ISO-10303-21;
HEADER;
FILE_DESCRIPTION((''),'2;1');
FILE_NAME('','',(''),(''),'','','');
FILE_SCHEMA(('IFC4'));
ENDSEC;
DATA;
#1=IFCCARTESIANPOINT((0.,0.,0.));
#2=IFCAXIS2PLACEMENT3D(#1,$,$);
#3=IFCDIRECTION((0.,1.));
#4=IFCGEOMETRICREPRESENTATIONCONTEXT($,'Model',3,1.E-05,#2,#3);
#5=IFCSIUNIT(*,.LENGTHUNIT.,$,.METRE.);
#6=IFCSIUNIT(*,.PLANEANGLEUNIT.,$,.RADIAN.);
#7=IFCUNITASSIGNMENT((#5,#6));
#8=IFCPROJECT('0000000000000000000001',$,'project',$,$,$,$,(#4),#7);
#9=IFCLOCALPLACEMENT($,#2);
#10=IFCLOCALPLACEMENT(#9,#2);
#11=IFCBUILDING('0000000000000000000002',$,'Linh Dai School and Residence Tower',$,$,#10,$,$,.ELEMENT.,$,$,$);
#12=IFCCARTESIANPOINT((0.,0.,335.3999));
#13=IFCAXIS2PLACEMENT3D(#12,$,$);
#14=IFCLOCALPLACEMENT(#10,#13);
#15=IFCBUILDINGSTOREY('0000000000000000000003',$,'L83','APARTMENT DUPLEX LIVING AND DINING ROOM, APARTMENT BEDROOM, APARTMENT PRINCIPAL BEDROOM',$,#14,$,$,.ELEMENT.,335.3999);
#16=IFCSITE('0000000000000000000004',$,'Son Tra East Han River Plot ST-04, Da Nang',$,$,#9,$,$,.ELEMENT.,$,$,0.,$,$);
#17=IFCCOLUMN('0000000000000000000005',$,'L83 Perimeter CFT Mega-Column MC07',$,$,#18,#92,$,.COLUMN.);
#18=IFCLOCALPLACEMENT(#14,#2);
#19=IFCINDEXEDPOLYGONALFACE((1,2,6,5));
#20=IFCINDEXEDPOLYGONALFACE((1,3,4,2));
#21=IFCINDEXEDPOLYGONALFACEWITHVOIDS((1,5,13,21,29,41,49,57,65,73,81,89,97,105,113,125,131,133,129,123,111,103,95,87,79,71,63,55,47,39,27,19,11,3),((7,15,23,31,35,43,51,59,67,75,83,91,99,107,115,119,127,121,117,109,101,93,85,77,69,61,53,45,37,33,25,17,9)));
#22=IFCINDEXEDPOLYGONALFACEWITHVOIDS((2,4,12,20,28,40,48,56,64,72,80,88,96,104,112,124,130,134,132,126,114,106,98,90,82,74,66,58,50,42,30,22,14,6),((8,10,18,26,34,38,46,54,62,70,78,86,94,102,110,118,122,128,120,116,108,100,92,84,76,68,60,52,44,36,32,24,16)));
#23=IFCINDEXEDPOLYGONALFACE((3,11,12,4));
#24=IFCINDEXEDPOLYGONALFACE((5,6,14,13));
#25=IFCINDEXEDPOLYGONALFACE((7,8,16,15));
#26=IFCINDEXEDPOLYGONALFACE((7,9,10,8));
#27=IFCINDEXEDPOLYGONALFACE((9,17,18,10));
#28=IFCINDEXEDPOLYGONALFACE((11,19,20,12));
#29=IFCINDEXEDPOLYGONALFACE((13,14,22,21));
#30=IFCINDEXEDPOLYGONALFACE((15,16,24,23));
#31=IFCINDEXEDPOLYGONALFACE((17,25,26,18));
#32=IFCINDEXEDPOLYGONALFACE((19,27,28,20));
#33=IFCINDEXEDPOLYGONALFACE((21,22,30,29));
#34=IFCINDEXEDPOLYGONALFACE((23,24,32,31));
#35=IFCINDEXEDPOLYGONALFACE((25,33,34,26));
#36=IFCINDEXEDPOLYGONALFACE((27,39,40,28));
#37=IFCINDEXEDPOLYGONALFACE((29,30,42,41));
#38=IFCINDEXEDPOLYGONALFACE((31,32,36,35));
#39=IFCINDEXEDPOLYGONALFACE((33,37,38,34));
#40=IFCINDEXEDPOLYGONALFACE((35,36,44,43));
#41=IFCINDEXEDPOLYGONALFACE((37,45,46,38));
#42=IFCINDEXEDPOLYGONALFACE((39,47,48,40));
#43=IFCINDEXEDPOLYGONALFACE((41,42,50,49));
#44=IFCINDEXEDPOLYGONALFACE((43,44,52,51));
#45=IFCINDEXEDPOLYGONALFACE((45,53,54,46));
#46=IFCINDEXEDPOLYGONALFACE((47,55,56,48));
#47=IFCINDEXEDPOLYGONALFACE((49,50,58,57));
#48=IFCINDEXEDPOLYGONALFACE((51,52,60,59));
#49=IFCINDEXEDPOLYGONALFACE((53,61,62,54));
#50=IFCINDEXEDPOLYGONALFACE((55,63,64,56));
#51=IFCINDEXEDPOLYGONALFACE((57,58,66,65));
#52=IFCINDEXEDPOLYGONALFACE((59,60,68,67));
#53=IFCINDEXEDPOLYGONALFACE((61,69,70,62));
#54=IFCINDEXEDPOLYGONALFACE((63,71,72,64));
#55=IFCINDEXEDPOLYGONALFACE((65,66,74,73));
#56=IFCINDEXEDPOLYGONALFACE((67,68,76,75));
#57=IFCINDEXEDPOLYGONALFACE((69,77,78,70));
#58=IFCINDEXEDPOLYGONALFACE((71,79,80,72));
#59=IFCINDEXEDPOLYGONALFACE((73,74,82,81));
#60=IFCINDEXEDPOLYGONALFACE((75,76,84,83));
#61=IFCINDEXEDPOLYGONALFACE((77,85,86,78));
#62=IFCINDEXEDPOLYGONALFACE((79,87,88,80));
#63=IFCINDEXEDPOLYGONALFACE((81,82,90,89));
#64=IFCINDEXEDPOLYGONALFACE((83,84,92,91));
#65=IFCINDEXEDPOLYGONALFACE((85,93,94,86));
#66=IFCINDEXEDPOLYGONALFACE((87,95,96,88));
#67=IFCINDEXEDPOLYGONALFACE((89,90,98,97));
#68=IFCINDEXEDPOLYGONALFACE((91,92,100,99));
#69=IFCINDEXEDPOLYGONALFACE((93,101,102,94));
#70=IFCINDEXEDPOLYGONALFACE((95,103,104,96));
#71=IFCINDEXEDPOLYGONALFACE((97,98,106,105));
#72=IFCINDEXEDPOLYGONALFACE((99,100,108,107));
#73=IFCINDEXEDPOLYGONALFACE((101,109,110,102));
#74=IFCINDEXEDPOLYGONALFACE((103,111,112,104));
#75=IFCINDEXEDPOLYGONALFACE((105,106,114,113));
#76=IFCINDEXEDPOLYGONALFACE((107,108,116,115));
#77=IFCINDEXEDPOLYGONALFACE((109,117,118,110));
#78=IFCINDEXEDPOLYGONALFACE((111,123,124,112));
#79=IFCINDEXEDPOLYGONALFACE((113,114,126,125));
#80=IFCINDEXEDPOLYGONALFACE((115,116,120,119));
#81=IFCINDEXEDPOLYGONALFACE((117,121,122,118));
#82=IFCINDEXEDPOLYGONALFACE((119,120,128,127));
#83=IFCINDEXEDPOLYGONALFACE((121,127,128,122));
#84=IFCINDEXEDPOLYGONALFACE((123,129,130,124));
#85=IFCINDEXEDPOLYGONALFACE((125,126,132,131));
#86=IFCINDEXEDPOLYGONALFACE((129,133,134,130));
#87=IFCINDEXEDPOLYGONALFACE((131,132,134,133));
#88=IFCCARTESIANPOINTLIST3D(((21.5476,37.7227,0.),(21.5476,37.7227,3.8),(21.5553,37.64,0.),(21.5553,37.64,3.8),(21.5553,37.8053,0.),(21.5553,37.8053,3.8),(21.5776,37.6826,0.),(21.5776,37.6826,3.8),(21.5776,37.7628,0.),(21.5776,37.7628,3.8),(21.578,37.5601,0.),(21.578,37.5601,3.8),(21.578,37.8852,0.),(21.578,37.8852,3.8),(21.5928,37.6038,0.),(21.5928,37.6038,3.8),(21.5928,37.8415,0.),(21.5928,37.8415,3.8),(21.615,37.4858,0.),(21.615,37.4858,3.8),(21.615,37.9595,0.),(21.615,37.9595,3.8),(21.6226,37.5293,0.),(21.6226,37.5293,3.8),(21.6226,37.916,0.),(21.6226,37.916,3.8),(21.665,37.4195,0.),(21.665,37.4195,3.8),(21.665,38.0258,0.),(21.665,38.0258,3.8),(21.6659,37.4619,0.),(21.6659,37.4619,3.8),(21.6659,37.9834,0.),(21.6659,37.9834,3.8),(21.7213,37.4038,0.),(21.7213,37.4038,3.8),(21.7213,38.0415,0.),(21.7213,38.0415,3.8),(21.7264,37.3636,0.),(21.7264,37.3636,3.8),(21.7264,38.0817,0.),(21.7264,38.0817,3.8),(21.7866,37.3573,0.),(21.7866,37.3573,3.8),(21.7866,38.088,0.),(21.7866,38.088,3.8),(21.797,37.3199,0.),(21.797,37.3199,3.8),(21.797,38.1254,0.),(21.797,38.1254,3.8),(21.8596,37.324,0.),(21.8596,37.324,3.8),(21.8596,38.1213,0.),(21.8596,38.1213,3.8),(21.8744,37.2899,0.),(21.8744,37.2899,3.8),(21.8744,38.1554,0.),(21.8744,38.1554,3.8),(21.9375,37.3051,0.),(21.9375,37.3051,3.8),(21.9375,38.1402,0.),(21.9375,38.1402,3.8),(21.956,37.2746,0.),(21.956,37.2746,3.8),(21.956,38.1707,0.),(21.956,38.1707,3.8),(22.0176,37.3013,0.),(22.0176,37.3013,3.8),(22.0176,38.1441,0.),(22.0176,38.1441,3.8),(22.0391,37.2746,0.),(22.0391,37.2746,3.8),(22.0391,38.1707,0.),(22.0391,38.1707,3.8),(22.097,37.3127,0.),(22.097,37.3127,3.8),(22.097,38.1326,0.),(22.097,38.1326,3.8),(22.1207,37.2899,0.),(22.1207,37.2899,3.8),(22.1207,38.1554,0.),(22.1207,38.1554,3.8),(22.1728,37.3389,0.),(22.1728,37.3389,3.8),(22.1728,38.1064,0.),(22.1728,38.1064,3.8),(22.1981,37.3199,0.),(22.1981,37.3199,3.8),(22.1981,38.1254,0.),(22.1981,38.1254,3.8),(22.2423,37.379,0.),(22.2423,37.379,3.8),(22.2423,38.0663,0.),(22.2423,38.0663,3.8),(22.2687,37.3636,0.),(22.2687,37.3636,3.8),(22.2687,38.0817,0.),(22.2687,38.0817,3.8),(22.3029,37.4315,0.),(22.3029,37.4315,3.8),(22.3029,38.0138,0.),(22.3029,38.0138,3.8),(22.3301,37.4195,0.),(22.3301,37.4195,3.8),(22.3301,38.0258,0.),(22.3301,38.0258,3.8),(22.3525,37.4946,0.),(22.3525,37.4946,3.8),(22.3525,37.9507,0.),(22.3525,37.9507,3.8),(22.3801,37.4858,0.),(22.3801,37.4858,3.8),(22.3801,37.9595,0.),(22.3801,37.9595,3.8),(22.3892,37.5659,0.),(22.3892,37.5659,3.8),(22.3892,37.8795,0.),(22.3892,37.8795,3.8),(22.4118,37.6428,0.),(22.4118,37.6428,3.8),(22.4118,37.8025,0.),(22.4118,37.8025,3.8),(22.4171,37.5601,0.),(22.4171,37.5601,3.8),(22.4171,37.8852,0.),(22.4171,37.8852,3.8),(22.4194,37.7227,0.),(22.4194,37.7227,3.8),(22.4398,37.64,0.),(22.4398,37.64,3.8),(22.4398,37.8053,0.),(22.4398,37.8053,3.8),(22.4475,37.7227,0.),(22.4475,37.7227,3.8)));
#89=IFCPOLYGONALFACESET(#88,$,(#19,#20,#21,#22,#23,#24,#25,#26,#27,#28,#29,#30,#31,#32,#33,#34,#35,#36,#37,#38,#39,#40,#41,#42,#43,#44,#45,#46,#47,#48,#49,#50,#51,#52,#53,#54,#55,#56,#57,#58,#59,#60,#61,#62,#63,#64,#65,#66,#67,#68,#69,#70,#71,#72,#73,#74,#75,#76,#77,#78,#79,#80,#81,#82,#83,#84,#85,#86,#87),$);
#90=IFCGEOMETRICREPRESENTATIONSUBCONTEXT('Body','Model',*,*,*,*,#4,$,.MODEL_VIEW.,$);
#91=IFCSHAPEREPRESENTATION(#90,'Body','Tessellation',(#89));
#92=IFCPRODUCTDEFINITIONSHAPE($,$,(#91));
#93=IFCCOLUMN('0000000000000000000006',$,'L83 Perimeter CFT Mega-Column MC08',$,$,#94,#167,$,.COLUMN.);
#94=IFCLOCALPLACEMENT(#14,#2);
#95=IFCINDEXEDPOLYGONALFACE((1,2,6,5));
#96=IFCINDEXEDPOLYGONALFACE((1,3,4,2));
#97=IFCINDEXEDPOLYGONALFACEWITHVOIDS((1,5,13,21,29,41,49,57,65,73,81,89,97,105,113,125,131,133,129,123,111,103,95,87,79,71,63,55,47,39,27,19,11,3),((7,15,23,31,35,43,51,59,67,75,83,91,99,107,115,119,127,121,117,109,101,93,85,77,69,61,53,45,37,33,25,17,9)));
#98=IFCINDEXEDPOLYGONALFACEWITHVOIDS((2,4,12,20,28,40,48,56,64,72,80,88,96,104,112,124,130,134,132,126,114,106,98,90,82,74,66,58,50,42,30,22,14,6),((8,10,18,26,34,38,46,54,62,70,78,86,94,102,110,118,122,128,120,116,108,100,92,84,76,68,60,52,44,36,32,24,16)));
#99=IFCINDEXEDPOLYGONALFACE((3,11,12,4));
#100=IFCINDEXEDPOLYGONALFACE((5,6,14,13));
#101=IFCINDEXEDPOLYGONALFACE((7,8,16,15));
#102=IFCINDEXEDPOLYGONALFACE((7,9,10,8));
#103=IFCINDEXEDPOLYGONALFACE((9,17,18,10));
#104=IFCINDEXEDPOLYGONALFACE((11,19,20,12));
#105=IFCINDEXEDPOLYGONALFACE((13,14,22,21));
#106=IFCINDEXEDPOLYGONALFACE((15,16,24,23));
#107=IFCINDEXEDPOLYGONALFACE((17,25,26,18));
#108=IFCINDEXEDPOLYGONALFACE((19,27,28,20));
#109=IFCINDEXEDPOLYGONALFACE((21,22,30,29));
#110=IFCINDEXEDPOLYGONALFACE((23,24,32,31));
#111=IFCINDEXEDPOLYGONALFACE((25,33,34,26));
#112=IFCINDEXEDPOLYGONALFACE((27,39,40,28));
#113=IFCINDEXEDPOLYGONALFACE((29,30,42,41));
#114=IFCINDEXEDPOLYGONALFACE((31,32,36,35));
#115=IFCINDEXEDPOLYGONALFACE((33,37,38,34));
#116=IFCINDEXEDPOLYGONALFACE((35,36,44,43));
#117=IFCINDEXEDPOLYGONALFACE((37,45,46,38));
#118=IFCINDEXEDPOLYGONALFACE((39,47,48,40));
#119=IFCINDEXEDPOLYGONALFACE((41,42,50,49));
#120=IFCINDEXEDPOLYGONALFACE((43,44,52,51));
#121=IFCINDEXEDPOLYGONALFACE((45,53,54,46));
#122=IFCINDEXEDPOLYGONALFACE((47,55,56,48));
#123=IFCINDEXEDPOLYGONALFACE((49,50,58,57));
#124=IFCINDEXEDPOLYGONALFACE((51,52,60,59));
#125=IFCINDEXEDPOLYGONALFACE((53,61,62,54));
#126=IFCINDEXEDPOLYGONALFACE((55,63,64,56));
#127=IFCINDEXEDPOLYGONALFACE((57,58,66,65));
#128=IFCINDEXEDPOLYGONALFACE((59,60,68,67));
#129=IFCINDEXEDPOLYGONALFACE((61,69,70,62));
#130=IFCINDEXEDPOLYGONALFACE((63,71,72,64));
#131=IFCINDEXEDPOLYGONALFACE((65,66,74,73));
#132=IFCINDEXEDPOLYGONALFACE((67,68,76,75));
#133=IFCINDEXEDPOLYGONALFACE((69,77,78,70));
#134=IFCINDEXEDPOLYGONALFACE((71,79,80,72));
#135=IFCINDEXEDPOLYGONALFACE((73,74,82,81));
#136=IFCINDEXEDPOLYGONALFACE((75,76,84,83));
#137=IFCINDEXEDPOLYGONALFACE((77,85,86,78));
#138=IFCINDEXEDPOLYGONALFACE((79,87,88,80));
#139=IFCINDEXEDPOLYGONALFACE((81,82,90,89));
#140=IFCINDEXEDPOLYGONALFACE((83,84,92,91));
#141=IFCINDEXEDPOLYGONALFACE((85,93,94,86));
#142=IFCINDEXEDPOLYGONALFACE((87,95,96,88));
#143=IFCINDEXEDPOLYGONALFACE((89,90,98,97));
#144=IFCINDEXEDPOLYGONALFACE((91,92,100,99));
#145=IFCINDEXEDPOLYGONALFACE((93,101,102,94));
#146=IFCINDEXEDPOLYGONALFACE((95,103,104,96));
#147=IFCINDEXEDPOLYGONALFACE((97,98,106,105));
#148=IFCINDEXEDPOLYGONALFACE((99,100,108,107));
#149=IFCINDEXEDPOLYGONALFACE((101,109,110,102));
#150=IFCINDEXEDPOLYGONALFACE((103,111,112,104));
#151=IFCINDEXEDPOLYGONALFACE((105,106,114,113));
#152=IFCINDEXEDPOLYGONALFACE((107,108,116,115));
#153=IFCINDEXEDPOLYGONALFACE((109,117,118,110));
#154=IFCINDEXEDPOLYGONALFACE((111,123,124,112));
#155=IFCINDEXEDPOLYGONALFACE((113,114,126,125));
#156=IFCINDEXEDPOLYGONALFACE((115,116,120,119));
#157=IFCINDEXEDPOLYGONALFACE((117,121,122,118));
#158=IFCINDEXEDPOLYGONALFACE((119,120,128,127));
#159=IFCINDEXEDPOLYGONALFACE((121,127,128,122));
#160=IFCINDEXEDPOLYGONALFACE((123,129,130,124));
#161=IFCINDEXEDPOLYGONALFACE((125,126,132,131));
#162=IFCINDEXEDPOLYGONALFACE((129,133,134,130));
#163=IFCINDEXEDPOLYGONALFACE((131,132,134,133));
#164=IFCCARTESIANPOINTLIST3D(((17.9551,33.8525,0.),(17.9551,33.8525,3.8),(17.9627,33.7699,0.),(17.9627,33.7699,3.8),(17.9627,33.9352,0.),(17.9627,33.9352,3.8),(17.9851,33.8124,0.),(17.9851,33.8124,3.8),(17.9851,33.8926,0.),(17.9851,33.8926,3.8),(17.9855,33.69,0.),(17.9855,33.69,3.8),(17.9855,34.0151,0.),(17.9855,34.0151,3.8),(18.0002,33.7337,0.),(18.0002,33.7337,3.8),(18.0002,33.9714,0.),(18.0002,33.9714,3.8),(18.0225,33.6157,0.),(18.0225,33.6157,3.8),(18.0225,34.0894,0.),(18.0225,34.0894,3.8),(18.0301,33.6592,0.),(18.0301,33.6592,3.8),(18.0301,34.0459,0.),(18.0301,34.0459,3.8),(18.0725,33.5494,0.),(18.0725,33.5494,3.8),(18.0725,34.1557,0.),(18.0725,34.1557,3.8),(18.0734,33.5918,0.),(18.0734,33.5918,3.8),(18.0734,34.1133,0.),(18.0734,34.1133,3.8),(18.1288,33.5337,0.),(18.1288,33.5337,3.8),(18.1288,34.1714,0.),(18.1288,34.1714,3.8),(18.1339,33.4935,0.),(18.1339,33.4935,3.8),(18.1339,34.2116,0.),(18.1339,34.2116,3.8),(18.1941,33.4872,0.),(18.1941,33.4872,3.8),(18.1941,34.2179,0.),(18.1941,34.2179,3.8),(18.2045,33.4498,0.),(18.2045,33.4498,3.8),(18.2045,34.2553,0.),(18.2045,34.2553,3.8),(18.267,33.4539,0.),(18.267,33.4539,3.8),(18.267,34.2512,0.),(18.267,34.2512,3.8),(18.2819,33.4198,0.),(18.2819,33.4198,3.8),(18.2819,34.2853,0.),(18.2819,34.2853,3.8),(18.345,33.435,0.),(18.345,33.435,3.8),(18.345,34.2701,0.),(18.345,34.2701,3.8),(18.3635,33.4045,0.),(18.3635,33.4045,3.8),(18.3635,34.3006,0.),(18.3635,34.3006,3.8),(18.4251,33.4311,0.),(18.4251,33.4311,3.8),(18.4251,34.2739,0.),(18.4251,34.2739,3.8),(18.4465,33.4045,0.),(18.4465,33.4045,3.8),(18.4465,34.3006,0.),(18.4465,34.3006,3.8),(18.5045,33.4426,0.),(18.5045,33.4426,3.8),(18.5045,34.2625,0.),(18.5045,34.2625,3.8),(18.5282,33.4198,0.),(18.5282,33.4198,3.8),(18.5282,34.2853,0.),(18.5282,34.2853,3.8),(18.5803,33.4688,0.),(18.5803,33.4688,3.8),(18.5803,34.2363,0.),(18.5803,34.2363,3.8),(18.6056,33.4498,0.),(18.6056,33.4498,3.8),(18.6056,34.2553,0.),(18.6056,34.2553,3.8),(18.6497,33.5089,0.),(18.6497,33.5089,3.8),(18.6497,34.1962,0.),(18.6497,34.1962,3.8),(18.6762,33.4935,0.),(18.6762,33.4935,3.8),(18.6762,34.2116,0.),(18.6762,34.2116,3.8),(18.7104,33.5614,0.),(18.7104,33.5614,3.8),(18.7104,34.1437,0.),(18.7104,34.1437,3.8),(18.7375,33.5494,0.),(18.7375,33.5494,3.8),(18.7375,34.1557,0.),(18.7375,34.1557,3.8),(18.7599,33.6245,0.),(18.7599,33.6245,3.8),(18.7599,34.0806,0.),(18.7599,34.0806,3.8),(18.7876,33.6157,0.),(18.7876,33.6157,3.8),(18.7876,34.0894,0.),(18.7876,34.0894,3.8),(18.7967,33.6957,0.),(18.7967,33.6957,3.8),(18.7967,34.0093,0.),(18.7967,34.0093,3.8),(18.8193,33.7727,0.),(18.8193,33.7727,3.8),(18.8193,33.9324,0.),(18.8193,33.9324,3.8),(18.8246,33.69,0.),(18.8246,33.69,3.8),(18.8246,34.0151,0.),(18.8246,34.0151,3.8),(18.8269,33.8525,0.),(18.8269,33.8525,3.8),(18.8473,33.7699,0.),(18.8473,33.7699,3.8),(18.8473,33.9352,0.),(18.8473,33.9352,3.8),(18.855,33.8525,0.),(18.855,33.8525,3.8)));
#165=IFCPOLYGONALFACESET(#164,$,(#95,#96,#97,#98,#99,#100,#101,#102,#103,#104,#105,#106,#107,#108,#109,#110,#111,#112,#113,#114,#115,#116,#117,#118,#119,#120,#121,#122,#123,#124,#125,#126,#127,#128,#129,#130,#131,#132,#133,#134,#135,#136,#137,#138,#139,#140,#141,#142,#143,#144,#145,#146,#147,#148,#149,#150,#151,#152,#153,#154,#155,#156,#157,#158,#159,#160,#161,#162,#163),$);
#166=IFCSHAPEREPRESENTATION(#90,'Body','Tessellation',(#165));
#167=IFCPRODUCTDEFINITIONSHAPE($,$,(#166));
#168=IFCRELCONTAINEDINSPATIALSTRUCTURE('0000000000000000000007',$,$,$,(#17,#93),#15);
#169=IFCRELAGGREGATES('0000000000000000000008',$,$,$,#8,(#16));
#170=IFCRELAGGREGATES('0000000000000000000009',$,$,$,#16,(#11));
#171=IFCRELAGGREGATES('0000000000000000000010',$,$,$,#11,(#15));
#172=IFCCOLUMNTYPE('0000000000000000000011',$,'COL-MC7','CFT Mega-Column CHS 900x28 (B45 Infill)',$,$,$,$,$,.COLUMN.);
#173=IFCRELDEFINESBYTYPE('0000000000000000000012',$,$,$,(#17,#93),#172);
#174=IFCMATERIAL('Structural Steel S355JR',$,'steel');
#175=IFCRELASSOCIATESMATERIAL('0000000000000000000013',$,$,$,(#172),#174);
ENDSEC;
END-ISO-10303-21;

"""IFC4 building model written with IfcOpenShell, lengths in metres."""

from ifc_helpers import new_model, si_unit, direction, frame, origin, origin_2d, place, context, subcontext, project, spatial, hollow_circle, extrude, material, material_profile, profile_set, type_object, element, save


model = new_model("IFC4")

# Units and contexts
model_context = context("Model", 3, precision=1e-05, world=origin(), true_north=direction((0.0, 1.0)))
body_context = subcontext(model_context, "Body", "Model", "MODEL_VIEW")
ifc_project = project(units=[si_unit("LENGTHUNIT", "METRE"), si_unit("PLANEANGLEUNIT", "RADIAN")], contexts=[model_context])

# Site, building, storey
site_placement = place(None, origin())
site = spatial("IfcSite", under=ifc_project, at=site_placement, Name="Son Tra East Han River Plot ST-04, Da Nang", CompositionType="ELEMENT", RefElevation=0.0)
building_placement = place(site_placement, origin())
building = spatial("IfcBuilding", under=site, at=building_placement, Name="Linh Dai School and Residence Tower", CompositionType="ELEMENT")
storey_placement = place(building_placement, frame((0.0, 0.0, 335.3999)))
storey = spatial("IfcBuildingStorey", under=building, at=storey_placement, Name="L83", Description="APARTMENT DUPLEX LIVING AND DINING ROOM, APARTMENT BEDROOM, APARTMENT PRINCIPAL BEDROOM", CompositionType="ELEMENT", Elevation=335.3999)

# Columns
ifc_material_1 = material(Name="Structural Steel S355JR", Category="steel")
ifc_material_profile_1 = material_profile(ifc_material_1, hollow_circle(Radius=0.45, WallThickness=0.0281, at=origin_2d()), Name="CHS 900x28")
ifc_profile_set_1 = profile_set([ifc_material_profile_1], Name="Structural Steel S355JR")
column_type = type_object("IfcColumnType", Name="COL-MC7", Description="CFT Mega-Column CHS 900x28 (B45 Infill)", PredefinedType="COLUMN", material=ifc_profile_set_1)
for number, where, z_axis, x_axis, name in (
    (1, (21.9976, 37.7227, 0.0), (0.0, 0.0, 1.0), (1.0, 0.0, 0.0), "L83 Perimeter CFT Mega-Column MC07"),
    (2, (18.405, 33.8525, 0.0), (0.0, 0.0, 1.0), (1.0, 0.0, 0.0), "L83 Perimeter CFT Mega-Column MC08"),
):
    element("IfcColumn", number, at=place(storey_placement, frame(where, z_axis=z_axis, x_axis=x_axis)), inside=storey, type_object=column_type, Name=name, PredefinedType="COLUMN", context=body_context, shape_type="SweptSolid", body=[
        extrude(hollow_circle(Radius=0.45, WallThickness=0.0281, at=origin_2d()), origin(), (0.0, 0.0, 1.0), 3.8),
    ])

save(model, "model.ifc")
